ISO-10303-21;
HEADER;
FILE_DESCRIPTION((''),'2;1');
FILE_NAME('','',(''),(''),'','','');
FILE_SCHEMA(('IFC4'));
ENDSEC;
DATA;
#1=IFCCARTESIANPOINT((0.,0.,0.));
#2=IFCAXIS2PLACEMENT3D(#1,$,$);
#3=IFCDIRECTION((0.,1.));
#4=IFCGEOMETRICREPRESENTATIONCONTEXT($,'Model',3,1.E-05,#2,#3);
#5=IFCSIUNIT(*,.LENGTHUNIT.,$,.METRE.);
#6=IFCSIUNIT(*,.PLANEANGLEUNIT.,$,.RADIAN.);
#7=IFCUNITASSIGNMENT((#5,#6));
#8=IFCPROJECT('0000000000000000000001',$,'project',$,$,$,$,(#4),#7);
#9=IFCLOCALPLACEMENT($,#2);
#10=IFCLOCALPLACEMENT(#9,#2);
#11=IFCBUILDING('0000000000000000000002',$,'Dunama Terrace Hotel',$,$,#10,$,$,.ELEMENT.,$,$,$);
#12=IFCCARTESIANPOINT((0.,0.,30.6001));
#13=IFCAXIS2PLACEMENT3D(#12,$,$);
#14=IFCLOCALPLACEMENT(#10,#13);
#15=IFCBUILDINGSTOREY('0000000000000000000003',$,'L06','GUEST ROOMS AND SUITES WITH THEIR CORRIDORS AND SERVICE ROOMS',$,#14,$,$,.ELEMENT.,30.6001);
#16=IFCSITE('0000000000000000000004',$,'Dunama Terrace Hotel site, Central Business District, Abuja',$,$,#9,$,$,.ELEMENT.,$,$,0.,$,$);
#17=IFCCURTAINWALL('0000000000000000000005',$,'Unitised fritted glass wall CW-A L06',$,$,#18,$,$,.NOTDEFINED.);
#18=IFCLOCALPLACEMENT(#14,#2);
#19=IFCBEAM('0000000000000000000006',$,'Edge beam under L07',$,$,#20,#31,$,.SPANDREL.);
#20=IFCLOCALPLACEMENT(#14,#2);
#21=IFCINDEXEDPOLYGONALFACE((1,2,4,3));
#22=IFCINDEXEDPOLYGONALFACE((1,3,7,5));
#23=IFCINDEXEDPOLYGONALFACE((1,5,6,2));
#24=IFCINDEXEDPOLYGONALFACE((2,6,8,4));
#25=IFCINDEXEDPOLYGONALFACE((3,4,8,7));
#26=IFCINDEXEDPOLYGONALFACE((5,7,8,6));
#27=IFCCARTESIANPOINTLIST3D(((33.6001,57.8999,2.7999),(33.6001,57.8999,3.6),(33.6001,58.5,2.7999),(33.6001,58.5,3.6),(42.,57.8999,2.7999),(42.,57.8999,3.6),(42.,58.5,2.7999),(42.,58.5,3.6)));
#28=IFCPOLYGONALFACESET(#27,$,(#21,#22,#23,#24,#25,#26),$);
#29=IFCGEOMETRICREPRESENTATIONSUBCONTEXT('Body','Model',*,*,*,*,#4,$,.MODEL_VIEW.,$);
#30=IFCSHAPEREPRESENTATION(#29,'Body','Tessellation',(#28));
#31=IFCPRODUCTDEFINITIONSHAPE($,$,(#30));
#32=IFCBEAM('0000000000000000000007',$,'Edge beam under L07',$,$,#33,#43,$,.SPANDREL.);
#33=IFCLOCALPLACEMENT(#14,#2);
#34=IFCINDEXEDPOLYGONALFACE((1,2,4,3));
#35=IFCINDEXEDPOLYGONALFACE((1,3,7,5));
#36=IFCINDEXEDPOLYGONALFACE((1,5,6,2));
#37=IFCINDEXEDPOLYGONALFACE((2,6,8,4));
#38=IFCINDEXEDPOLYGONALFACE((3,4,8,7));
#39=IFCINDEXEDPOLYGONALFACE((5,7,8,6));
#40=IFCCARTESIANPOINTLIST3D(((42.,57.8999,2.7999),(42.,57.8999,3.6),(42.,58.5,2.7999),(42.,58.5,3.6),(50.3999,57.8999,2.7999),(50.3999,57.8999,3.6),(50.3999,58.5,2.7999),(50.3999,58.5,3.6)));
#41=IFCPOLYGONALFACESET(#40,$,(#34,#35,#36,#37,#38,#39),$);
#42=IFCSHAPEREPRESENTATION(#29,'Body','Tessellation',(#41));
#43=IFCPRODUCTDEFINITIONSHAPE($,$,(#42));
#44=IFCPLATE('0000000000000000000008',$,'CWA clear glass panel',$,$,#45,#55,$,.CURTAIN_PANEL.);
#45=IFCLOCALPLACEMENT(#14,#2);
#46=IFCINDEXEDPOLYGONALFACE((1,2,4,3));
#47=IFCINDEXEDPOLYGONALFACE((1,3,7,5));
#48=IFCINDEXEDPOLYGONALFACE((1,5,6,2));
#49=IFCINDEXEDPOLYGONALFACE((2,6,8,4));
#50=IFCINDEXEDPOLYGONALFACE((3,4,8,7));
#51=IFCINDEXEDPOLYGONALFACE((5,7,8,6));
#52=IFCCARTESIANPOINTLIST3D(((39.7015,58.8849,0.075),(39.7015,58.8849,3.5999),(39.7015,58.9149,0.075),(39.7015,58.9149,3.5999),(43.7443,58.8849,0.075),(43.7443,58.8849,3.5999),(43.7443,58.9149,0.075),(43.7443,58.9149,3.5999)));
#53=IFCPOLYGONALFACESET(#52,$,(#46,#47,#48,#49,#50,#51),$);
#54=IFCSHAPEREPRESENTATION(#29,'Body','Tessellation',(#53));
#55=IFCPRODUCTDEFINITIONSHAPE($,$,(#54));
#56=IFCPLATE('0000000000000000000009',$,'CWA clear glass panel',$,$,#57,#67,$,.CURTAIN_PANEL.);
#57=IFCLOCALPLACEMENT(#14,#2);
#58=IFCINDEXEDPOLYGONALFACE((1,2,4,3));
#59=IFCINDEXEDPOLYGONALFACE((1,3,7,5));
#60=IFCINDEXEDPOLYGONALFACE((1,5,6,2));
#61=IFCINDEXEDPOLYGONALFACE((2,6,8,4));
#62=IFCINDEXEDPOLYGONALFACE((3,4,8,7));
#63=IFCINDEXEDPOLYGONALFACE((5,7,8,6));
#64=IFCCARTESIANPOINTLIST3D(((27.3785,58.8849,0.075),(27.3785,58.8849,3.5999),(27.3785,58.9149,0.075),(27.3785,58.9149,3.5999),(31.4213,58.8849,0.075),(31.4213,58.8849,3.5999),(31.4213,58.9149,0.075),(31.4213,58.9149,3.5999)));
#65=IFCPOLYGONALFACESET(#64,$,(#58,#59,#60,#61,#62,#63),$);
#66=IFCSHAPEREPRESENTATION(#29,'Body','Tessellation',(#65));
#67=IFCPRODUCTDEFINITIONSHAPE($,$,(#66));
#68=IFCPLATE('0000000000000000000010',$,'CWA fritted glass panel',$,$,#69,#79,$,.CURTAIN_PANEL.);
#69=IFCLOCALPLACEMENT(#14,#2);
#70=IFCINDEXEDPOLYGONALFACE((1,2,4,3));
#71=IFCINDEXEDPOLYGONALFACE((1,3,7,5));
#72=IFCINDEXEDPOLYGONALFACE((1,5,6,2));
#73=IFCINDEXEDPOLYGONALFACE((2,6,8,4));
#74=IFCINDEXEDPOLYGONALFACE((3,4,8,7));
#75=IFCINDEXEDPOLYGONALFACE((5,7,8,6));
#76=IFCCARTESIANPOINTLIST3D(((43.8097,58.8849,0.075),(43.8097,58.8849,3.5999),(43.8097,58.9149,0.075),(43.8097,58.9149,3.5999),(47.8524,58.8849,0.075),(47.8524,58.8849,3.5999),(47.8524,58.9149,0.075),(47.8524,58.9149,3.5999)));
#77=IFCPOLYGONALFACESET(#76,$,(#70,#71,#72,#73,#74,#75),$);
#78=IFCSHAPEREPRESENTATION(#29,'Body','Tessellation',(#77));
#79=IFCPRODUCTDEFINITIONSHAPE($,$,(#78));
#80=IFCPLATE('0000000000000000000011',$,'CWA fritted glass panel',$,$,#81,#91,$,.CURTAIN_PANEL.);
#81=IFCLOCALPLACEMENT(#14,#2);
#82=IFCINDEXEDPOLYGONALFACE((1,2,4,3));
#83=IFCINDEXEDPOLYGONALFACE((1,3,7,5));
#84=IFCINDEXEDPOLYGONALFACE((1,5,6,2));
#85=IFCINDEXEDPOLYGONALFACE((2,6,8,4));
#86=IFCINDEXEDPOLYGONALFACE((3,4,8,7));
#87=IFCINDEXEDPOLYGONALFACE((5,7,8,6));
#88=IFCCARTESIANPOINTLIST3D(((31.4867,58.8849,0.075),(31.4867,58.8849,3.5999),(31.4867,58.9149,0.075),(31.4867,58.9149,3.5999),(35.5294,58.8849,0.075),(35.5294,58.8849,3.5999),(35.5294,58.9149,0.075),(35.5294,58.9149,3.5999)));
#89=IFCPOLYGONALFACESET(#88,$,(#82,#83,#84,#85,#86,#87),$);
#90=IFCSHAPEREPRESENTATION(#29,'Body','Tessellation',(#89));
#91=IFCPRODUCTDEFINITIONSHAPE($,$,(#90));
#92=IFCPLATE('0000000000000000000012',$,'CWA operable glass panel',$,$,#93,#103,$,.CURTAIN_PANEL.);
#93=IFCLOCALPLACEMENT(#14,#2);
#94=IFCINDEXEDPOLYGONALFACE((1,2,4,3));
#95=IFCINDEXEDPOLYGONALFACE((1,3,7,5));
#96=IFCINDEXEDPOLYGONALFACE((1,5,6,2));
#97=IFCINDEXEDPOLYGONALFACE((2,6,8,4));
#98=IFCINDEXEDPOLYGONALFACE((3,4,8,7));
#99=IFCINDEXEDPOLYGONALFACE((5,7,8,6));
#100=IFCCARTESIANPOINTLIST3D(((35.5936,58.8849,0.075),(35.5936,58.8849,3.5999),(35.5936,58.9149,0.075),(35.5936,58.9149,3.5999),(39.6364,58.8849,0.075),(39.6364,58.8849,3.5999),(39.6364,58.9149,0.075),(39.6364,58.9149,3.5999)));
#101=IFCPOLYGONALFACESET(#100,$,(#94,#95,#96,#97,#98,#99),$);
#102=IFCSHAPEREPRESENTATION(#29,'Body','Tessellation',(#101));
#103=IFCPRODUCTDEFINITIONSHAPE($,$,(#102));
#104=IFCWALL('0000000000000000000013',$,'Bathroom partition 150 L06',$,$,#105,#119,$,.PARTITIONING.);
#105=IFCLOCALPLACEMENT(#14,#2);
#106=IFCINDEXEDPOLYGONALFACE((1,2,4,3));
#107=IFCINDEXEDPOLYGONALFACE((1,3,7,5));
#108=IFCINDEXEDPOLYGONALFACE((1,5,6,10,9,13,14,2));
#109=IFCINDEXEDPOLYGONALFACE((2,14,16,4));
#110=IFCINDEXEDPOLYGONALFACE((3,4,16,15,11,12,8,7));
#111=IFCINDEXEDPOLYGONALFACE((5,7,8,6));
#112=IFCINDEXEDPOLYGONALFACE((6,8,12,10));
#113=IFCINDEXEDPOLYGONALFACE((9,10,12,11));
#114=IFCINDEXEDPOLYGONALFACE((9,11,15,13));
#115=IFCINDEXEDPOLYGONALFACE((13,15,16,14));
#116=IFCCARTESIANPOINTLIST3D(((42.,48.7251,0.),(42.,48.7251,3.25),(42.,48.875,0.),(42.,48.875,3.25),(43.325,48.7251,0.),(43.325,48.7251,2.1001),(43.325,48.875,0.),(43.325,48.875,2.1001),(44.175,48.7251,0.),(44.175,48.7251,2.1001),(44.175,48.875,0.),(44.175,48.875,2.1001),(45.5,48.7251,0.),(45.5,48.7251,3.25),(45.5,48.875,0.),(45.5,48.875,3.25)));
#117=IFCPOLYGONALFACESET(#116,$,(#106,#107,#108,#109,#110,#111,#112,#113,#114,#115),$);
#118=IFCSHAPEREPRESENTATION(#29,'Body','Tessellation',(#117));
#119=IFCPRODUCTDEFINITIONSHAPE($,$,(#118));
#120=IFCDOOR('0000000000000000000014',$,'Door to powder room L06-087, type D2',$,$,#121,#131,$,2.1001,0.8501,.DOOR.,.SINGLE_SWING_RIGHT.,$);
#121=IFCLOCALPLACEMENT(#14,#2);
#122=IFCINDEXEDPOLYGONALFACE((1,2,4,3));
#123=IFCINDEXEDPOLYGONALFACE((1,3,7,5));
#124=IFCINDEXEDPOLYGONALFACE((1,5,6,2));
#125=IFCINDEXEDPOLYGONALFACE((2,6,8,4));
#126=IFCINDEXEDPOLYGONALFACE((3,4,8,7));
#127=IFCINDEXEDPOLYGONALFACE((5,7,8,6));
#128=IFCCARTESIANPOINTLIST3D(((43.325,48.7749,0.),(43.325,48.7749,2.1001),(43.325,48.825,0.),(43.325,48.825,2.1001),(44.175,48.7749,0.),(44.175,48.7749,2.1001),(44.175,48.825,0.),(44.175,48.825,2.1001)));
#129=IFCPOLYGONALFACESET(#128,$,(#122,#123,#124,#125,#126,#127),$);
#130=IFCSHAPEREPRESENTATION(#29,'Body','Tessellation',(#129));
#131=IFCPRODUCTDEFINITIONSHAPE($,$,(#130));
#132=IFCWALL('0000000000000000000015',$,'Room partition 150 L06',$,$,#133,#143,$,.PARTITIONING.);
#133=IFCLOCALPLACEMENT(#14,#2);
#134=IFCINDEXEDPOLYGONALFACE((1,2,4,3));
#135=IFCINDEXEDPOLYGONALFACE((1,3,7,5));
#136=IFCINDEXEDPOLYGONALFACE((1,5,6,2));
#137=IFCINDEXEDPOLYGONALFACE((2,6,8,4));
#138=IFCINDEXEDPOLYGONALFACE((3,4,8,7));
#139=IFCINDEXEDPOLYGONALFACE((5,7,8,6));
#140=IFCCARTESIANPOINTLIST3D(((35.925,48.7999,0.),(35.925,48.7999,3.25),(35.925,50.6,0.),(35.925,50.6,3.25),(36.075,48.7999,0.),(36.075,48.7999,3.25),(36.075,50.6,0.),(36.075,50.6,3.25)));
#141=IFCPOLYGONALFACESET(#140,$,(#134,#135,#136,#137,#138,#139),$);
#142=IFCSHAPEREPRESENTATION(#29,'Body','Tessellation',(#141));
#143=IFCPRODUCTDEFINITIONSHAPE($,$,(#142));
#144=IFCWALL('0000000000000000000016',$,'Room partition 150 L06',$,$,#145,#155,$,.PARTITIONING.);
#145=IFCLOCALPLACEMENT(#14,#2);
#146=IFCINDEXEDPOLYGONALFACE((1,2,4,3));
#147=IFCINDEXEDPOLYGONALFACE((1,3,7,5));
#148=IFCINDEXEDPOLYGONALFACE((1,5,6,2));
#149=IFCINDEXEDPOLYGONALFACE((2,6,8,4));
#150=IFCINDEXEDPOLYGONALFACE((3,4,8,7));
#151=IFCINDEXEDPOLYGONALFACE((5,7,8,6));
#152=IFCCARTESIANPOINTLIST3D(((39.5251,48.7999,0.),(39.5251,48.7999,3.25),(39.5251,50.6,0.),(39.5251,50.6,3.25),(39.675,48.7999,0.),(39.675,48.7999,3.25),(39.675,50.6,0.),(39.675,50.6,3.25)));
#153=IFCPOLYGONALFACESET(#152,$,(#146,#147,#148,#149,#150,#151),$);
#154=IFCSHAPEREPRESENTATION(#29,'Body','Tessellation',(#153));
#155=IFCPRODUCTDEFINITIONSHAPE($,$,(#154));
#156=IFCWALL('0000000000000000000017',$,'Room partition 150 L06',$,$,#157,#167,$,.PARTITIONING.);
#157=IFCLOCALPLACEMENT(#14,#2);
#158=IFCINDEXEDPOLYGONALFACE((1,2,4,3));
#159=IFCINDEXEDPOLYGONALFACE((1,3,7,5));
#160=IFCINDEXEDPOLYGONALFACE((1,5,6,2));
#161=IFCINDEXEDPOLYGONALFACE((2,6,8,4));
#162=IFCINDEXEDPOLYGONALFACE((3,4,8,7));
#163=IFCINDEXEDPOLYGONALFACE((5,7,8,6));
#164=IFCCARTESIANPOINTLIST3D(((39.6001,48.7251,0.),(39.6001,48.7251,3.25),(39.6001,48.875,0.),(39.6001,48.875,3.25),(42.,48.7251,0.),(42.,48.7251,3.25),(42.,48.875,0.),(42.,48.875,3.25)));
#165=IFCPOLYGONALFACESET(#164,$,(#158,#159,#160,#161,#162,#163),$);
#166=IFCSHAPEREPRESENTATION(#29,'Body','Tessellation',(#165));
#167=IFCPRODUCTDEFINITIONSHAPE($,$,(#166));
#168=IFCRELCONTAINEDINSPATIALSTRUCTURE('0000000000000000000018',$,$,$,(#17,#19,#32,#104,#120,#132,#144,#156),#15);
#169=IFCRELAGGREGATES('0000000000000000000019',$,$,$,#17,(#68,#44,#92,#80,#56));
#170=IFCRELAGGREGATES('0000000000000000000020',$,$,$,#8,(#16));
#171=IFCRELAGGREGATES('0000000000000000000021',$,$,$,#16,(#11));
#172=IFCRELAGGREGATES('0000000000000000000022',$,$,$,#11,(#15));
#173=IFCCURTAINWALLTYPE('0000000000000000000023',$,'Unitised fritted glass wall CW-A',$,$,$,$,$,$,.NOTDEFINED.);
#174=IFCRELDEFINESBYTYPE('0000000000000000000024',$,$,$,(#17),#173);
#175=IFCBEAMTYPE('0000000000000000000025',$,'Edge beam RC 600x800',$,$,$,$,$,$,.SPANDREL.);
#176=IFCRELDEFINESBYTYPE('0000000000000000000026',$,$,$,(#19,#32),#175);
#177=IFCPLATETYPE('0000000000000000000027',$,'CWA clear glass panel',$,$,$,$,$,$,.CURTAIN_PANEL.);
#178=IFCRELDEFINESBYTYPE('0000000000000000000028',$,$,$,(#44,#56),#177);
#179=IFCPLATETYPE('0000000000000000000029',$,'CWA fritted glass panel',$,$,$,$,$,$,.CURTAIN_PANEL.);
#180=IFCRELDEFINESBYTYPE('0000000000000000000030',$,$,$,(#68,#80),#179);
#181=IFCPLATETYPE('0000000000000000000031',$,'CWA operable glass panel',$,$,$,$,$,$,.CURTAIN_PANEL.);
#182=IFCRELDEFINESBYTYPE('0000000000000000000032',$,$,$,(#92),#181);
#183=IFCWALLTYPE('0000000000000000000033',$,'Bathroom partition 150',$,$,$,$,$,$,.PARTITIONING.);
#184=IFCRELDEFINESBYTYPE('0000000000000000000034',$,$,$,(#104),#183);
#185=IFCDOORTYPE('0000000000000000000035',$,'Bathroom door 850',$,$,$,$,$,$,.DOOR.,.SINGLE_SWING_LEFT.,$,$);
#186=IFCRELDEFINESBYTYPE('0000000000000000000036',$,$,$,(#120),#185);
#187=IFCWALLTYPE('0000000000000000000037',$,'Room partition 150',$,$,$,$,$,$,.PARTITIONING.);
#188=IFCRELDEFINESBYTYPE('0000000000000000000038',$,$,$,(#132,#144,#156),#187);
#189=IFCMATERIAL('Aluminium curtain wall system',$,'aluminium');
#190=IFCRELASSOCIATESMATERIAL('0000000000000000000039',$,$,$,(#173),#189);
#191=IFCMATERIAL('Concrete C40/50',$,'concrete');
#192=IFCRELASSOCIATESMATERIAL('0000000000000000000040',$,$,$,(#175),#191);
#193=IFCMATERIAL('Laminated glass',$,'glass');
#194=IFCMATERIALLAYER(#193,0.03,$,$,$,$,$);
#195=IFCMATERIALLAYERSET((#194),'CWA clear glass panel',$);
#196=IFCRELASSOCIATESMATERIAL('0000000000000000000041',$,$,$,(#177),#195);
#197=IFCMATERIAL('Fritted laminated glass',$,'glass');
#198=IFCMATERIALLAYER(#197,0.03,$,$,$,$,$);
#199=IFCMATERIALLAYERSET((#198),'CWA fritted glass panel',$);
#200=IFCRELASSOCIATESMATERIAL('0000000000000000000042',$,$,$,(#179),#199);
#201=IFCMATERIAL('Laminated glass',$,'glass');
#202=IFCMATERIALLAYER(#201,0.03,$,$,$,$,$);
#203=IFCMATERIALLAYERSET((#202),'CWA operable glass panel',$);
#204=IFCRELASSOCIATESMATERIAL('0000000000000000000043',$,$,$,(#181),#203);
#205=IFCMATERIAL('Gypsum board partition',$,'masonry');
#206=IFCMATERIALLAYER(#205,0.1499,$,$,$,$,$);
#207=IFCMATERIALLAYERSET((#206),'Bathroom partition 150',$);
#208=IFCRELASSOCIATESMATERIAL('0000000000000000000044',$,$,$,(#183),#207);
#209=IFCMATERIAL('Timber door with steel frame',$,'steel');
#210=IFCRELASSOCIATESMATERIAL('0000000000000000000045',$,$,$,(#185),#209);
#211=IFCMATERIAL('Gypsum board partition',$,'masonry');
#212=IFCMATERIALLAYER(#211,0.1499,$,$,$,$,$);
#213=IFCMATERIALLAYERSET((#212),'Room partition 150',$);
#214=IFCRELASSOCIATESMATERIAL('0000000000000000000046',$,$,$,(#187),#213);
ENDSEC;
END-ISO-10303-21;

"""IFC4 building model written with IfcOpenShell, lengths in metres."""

from ifc_helpers import new_model, si_unit, direction, frame, frame_2d, origin, origin_2d, place, context, subcontext, project, spatial, rectangle, extrude, material, layer, layer_set, material_profile, profile_set, type_object, element, fill, aggregate, save


model = new_model("IFC4")

# Units and contexts
model_context = context("Model", 3, precision=1e-05, world=origin(), true_north=direction((0.0, 1.0)))
body_context = subcontext(model_context, "Body", "Model", "MODEL_VIEW")
ifc_project = project(units=[si_unit("LENGTHUNIT", "METRE"), si_unit("PLANEANGLEUNIT", "RADIAN")], contexts=[model_context])

# Site, building, storey
site_placement = place(None, origin())
site = spatial("IfcSite", under=ifc_project, at=site_placement, Name="Dunama Terrace Hotel site, Central Business District, Abuja", CompositionType="ELEMENT", RefElevation=0.0)
building_placement = place(site_placement, origin())
building = spatial("IfcBuilding", under=site, at=building_placement, Name="Dunama Terrace Hotel", CompositionType="ELEMENT")
storey_placement = place(building_placement, frame((0.0, 0.0, 30.6001)))
storey = spatial("IfcBuildingStorey", under=building, at=storey_placement, Name="L06", Description="GUEST ROOMS AND SUITES WITH THEIR CORRIDORS AND SERVICE ROOMS", CompositionType="ELEMENT", Elevation=30.6001)

# Curtain wall
ifc_material_1 = material(Name="Aluminium curtain wall system", Category="aluminium")
curtain_wall_type = type_object("IfcCurtainWallType", Name="Unitised fritted glass wall CW-A", PredefinedType="NOTDEFINED", material=ifc_material_1)
curtain_wall_placement = place(storey_placement, origin())
curtain_wall = element("IfcCurtainWall", 1, at=curtain_wall_placement, inside=storey, type_object=curtain_wall_type, Name="Unitised fritted glass wall CW-A L06", PredefinedType="NOTDEFINED")

# Beams
ifc_material_2 = material(Name="Concrete C40/50", Category="concrete")
ifc_material_profile_1 = material_profile(ifc_material_2, rectangle(XDim=0.6001, YDim=0.8, at=origin_2d()), Name="RC 600x800")
ifc_profile_set_1 = profile_set([ifc_material_profile_1], Name="Concrete C40/50")
beam_type = type_object("IfcBeamType", Name="Edge beam RC 600x800", PredefinedType="SPANDREL", material=ifc_profile_set_1)
for number, where, z_axis, x_axis, name in (
    (2, (33.6001, 58.2, 3.2), (1.0, 0.0, 0.0), (0.0, 1.0, 0.0), "Edge beam under L07"),
    (3, (42.0, 58.2, 3.2), (1.0, 0.0, 0.0), (0.0, 1.0, 0.0), "Edge beam under L07"),
):
    element("IfcBeam", number, at=place(storey_placement, frame(where, z_axis=z_axis, x_axis=x_axis)), inside=storey, type_object=beam_type, Name=name, PredefinedType="SPANDREL", context=body_context, shape_type="SweptSolid", body=[
        extrude(rectangle(XDim=0.6001, YDim=0.8, at=origin_2d()), origin(), (0.0, 0.0, 1.0), 8.3999),
    ])

# Plates
ifc_material_3 = material(Name="Laminated glass", Category="glass")
ifc_layer_1 = layer(ifc_material_3, 0.03)
ifc_layer_set_1 = layer_set([ifc_layer_1], Name="CWA clear glass panel")
plate_type_1 = type_object("IfcPlateType", Name="CWA clear glass panel", PredefinedType="CURTAIN_PANEL", material=ifc_layer_set_1)
plate_1_placement = place(storey_placement, frame((41.7229, 58.8999, 0.075), z_axis=(0.0, 0.0, 1.0), x_axis=(-1.0, 0.0, 0.0)))
plate_1 = element("IfcPlate", 4, at=plate_1_placement, type_object=plate_type_1, Name="CWA clear glass panel", PredefinedType="CURTAIN_PANEL", context=body_context, shape_type="SweptSolid", body=[
    extrude(rectangle(XDim=4.0427, YDim=0.03, at=origin_2d()), origin(), (0.0, 0.0, 1.0), 3.5249),
])
plate_2_placement = place(storey_placement, frame((29.3999, 58.8999, 0.075), z_axis=(0.0, 0.0, 1.0), x_axis=(-1.0, 0.0, 0.0)))
plate_2 = element("IfcPlate", 5, at=plate_2_placement, type_object=plate_type_1, Name="CWA clear glass panel", PredefinedType="CURTAIN_PANEL", context=body_context, shape_type="SweptSolid", body=[
    extrude(rectangle(XDim=4.0427, YDim=0.03, at=origin_2d()), origin(), (0.0, 0.0, 1.0), 3.5249),
])
ifc_material_4 = material(Name="Fritted laminated glass", Category="glass")
ifc_layer_2 = layer(ifc_material_4, 0.03)
ifc_layer_set_2 = layer_set([ifc_layer_2], Name="CWA fritted glass panel")
plate_type_2 = type_object("IfcPlateType", Name="CWA fritted glass panel", PredefinedType="CURTAIN_PANEL", material=ifc_layer_set_2)
plate_3_placement = place(storey_placement, frame((45.8311, 58.8999, 0.075), z_axis=(0.0, 0.0, 1.0), x_axis=(-1.0, 0.0, 0.0)))
plate_3 = element("IfcPlate", 6, at=plate_3_placement, type_object=plate_type_2, Name="CWA fritted glass panel", PredefinedType="CURTAIN_PANEL", context=body_context, shape_type="SweptSolid", body=[
    extrude(rectangle(XDim=4.0427, YDim=0.03, at=origin_2d()), origin(), (0.0, 0.0, 1.0), 3.5249),
])
plate_4_placement = place(storey_placement, frame((33.5081, 58.8999, 0.075), z_axis=(0.0, 0.0, 1.0), x_axis=(-1.0, 0.0, 0.0)))
plate_4 = element("IfcPlate", 7, at=plate_4_placement, type_object=plate_type_2, Name="CWA fritted glass panel", PredefinedType="CURTAIN_PANEL", context=body_context, shape_type="SweptSolid", body=[
    extrude(rectangle(XDim=4.0427, YDim=0.03, at=origin_2d()), origin(), (0.0, 0.0, 1.0), 3.5249),
])
ifc_material_5 = material(Name="Laminated glass", Category="glass")
ifc_layer_3 = layer(ifc_material_5, 0.03)
ifc_layer_set_3 = layer_set([ifc_layer_3], Name="CWA operable glass panel")
plate_type_3 = type_object("IfcPlateType", Name="CWA operable glass panel", PredefinedType="CURTAIN_PANEL", material=ifc_layer_set_3)
plate_5_placement = place(storey_placement, frame((37.615, 58.8999, 0.075), z_axis=(0.0, 0.0, 1.0), x_axis=(-1.0, 0.0, 0.0)))
plate_5 = element("IfcPlate", 8, at=plate_5_placement, type_object=plate_type_3, Name="CWA operable glass panel", PredefinedType="CURTAIN_PANEL", context=body_context, shape_type="SweptSolid", body=[
    extrude(rectangle(XDim=4.0427, YDim=0.03, at=origin_2d()), origin(), (0.0, 0.0, 1.0), 3.5249),
])
aggregate(curtain_wall, [plate_3, plate_1, plate_5, plate_4, plate_2])

# Wall, opening, door
ifc_material_6 = material(Name="Gypsum board partition", Category="masonry")
ifc_layer_4 = layer(ifc_material_6, 0.1499)
ifc_layer_set_4 = layer_set([ifc_layer_4], Name="Bathroom partition 150")
wall_type_1 = type_object("IfcWallType", Name="Bathroom partition 150", PredefinedType="PARTITIONING", material=ifc_layer_set_4)
wall_1_placement = place(storey_placement, frame((42.0, 48.8, 0.0), z_axis=(0.0, 0.0, 1.0), x_axis=(1.0, 0.0, 0.0)))
wall_1 = element("IfcWall", 9, at=wall_1_placement, inside=storey, type_object=wall_type_1, Name="Bathroom partition 150 L06", PredefinedType="PARTITIONING", context=body_context, shape_type="SweptSolid", body=[
    extrude(rectangle(XDim=3.5, YDim=0.1499, at=frame_2d((1.75, 0.0))), origin(), (0.0, 0.0, 1.0), 3.25),
])
opening_1_placement = place(wall_1_placement, frame((1.325, 0.0, 0.0)))
opening_1 = element("IfcOpeningElement", 10, at=opening_1_placement, cuts=wall_1, PredefinedType="OPENING", context=body_context, shape_type="SweptSolid", body=[
    extrude(rectangle(XDim=0.8501, YDim=2.1001, at=frame_2d((0.425, 1.05))), frame((0.0, 0.085, 0.0), z_axis=(0.0, -1.0, 0.0), x_axis=(1.0, 0.0, 0.0)), (0.0, 0.0, 1.0), 0.1699),
])
ifc_material_7 = material(Name="Timber door with steel frame", Category="steel")
door_type_1 = type_object("IfcDoorType", Name="Bathroom door 850", OperationType="SINGLE_SWING_LEFT", PredefinedType="DOOR", material=ifc_material_7)
door_1_placement = place(opening_1_placement, frame((0.8501, 0.0, 0.0), z_axis=(0.0, 0.0, 1.0), x_axis=(-1.0, 0.0, 0.0)))
door_1 = element("IfcDoor", 11, at=door_1_placement, inside=storey, type_object=door_type_1, Name="Door to powder room L06-087, type D2", OperationType="SINGLE_SWING_RIGHT", OverallHeight=2.1001, OverallWidth=0.8501, PredefinedType="DOOR", context=body_context, shape_type="SweptSolid", body=[
    extrude(rectangle(XDim=0.8501, YDim=2.1001, at=frame_2d((0.425, 1.05))), frame((0.0, 0.0251, 0.0), z_axis=(0.0, -1.0, 0.0), x_axis=(1.0, 0.0, 0.0)), (0.0, 0.0, 1.0), 0.05),
])
fill(opening_1, door_1)

# Walls
ifc_material_8 = material(Name="Gypsum board partition", Category="masonry")
ifc_layer_5 = layer(ifc_material_8, 0.1499)
ifc_layer_set_5 = layer_set([ifc_layer_5], Name="Room partition 150")
wall_type_2 = type_object("IfcWallType", Name="Room partition 150", PredefinedType="PARTITIONING", material=ifc_layer_set_5)
for number, where, z_axis, x_axis, name in (
    (12, (36.0, 48.8, 0.0), (0.0, 0.0, 1.0), (0.0, 1.0, 0.0), "Room partition 150 L06"),
    (13, (39.6001, 48.8, 0.0), (0.0, 0.0, 1.0), (0.0, 1.0, 0.0), "Room partition 150 L06"),
):
    element("IfcWall", number, at=place(storey_placement, frame(where, z_axis=z_axis, x_axis=x_axis)), inside=storey, type_object=wall_type_2, Name=name, PredefinedType="PARTITIONING", context=body_context, shape_type="SweptSolid", body=[
        extrude(rectangle(XDim=1.8, YDim=0.1499, at=frame_2d((0.8999, 0.0))), origin(), (0.0, 0.0, 1.0), 3.25),
    ])
wall_2_placement = place(storey_placement, frame((39.6001, 48.8, 0.0), z_axis=(0.0, 0.0, 1.0), x_axis=(1.0, 0.0, 0.0)))
element("IfcWall", 14, at=wall_2_placement, inside=storey, type_object=wall_type_2, Name="Room partition 150 L06", PredefinedType="PARTITIONING", context=body_context, shape_type="SweptSolid", body=[
    extrude(rectangle(XDim=2.3999, YDim=0.1499, at=frame_2d((1.2, 0.0))), origin(), (0.0, 0.0, 1.0), 3.25),
])

save(model, "model.ifc")
